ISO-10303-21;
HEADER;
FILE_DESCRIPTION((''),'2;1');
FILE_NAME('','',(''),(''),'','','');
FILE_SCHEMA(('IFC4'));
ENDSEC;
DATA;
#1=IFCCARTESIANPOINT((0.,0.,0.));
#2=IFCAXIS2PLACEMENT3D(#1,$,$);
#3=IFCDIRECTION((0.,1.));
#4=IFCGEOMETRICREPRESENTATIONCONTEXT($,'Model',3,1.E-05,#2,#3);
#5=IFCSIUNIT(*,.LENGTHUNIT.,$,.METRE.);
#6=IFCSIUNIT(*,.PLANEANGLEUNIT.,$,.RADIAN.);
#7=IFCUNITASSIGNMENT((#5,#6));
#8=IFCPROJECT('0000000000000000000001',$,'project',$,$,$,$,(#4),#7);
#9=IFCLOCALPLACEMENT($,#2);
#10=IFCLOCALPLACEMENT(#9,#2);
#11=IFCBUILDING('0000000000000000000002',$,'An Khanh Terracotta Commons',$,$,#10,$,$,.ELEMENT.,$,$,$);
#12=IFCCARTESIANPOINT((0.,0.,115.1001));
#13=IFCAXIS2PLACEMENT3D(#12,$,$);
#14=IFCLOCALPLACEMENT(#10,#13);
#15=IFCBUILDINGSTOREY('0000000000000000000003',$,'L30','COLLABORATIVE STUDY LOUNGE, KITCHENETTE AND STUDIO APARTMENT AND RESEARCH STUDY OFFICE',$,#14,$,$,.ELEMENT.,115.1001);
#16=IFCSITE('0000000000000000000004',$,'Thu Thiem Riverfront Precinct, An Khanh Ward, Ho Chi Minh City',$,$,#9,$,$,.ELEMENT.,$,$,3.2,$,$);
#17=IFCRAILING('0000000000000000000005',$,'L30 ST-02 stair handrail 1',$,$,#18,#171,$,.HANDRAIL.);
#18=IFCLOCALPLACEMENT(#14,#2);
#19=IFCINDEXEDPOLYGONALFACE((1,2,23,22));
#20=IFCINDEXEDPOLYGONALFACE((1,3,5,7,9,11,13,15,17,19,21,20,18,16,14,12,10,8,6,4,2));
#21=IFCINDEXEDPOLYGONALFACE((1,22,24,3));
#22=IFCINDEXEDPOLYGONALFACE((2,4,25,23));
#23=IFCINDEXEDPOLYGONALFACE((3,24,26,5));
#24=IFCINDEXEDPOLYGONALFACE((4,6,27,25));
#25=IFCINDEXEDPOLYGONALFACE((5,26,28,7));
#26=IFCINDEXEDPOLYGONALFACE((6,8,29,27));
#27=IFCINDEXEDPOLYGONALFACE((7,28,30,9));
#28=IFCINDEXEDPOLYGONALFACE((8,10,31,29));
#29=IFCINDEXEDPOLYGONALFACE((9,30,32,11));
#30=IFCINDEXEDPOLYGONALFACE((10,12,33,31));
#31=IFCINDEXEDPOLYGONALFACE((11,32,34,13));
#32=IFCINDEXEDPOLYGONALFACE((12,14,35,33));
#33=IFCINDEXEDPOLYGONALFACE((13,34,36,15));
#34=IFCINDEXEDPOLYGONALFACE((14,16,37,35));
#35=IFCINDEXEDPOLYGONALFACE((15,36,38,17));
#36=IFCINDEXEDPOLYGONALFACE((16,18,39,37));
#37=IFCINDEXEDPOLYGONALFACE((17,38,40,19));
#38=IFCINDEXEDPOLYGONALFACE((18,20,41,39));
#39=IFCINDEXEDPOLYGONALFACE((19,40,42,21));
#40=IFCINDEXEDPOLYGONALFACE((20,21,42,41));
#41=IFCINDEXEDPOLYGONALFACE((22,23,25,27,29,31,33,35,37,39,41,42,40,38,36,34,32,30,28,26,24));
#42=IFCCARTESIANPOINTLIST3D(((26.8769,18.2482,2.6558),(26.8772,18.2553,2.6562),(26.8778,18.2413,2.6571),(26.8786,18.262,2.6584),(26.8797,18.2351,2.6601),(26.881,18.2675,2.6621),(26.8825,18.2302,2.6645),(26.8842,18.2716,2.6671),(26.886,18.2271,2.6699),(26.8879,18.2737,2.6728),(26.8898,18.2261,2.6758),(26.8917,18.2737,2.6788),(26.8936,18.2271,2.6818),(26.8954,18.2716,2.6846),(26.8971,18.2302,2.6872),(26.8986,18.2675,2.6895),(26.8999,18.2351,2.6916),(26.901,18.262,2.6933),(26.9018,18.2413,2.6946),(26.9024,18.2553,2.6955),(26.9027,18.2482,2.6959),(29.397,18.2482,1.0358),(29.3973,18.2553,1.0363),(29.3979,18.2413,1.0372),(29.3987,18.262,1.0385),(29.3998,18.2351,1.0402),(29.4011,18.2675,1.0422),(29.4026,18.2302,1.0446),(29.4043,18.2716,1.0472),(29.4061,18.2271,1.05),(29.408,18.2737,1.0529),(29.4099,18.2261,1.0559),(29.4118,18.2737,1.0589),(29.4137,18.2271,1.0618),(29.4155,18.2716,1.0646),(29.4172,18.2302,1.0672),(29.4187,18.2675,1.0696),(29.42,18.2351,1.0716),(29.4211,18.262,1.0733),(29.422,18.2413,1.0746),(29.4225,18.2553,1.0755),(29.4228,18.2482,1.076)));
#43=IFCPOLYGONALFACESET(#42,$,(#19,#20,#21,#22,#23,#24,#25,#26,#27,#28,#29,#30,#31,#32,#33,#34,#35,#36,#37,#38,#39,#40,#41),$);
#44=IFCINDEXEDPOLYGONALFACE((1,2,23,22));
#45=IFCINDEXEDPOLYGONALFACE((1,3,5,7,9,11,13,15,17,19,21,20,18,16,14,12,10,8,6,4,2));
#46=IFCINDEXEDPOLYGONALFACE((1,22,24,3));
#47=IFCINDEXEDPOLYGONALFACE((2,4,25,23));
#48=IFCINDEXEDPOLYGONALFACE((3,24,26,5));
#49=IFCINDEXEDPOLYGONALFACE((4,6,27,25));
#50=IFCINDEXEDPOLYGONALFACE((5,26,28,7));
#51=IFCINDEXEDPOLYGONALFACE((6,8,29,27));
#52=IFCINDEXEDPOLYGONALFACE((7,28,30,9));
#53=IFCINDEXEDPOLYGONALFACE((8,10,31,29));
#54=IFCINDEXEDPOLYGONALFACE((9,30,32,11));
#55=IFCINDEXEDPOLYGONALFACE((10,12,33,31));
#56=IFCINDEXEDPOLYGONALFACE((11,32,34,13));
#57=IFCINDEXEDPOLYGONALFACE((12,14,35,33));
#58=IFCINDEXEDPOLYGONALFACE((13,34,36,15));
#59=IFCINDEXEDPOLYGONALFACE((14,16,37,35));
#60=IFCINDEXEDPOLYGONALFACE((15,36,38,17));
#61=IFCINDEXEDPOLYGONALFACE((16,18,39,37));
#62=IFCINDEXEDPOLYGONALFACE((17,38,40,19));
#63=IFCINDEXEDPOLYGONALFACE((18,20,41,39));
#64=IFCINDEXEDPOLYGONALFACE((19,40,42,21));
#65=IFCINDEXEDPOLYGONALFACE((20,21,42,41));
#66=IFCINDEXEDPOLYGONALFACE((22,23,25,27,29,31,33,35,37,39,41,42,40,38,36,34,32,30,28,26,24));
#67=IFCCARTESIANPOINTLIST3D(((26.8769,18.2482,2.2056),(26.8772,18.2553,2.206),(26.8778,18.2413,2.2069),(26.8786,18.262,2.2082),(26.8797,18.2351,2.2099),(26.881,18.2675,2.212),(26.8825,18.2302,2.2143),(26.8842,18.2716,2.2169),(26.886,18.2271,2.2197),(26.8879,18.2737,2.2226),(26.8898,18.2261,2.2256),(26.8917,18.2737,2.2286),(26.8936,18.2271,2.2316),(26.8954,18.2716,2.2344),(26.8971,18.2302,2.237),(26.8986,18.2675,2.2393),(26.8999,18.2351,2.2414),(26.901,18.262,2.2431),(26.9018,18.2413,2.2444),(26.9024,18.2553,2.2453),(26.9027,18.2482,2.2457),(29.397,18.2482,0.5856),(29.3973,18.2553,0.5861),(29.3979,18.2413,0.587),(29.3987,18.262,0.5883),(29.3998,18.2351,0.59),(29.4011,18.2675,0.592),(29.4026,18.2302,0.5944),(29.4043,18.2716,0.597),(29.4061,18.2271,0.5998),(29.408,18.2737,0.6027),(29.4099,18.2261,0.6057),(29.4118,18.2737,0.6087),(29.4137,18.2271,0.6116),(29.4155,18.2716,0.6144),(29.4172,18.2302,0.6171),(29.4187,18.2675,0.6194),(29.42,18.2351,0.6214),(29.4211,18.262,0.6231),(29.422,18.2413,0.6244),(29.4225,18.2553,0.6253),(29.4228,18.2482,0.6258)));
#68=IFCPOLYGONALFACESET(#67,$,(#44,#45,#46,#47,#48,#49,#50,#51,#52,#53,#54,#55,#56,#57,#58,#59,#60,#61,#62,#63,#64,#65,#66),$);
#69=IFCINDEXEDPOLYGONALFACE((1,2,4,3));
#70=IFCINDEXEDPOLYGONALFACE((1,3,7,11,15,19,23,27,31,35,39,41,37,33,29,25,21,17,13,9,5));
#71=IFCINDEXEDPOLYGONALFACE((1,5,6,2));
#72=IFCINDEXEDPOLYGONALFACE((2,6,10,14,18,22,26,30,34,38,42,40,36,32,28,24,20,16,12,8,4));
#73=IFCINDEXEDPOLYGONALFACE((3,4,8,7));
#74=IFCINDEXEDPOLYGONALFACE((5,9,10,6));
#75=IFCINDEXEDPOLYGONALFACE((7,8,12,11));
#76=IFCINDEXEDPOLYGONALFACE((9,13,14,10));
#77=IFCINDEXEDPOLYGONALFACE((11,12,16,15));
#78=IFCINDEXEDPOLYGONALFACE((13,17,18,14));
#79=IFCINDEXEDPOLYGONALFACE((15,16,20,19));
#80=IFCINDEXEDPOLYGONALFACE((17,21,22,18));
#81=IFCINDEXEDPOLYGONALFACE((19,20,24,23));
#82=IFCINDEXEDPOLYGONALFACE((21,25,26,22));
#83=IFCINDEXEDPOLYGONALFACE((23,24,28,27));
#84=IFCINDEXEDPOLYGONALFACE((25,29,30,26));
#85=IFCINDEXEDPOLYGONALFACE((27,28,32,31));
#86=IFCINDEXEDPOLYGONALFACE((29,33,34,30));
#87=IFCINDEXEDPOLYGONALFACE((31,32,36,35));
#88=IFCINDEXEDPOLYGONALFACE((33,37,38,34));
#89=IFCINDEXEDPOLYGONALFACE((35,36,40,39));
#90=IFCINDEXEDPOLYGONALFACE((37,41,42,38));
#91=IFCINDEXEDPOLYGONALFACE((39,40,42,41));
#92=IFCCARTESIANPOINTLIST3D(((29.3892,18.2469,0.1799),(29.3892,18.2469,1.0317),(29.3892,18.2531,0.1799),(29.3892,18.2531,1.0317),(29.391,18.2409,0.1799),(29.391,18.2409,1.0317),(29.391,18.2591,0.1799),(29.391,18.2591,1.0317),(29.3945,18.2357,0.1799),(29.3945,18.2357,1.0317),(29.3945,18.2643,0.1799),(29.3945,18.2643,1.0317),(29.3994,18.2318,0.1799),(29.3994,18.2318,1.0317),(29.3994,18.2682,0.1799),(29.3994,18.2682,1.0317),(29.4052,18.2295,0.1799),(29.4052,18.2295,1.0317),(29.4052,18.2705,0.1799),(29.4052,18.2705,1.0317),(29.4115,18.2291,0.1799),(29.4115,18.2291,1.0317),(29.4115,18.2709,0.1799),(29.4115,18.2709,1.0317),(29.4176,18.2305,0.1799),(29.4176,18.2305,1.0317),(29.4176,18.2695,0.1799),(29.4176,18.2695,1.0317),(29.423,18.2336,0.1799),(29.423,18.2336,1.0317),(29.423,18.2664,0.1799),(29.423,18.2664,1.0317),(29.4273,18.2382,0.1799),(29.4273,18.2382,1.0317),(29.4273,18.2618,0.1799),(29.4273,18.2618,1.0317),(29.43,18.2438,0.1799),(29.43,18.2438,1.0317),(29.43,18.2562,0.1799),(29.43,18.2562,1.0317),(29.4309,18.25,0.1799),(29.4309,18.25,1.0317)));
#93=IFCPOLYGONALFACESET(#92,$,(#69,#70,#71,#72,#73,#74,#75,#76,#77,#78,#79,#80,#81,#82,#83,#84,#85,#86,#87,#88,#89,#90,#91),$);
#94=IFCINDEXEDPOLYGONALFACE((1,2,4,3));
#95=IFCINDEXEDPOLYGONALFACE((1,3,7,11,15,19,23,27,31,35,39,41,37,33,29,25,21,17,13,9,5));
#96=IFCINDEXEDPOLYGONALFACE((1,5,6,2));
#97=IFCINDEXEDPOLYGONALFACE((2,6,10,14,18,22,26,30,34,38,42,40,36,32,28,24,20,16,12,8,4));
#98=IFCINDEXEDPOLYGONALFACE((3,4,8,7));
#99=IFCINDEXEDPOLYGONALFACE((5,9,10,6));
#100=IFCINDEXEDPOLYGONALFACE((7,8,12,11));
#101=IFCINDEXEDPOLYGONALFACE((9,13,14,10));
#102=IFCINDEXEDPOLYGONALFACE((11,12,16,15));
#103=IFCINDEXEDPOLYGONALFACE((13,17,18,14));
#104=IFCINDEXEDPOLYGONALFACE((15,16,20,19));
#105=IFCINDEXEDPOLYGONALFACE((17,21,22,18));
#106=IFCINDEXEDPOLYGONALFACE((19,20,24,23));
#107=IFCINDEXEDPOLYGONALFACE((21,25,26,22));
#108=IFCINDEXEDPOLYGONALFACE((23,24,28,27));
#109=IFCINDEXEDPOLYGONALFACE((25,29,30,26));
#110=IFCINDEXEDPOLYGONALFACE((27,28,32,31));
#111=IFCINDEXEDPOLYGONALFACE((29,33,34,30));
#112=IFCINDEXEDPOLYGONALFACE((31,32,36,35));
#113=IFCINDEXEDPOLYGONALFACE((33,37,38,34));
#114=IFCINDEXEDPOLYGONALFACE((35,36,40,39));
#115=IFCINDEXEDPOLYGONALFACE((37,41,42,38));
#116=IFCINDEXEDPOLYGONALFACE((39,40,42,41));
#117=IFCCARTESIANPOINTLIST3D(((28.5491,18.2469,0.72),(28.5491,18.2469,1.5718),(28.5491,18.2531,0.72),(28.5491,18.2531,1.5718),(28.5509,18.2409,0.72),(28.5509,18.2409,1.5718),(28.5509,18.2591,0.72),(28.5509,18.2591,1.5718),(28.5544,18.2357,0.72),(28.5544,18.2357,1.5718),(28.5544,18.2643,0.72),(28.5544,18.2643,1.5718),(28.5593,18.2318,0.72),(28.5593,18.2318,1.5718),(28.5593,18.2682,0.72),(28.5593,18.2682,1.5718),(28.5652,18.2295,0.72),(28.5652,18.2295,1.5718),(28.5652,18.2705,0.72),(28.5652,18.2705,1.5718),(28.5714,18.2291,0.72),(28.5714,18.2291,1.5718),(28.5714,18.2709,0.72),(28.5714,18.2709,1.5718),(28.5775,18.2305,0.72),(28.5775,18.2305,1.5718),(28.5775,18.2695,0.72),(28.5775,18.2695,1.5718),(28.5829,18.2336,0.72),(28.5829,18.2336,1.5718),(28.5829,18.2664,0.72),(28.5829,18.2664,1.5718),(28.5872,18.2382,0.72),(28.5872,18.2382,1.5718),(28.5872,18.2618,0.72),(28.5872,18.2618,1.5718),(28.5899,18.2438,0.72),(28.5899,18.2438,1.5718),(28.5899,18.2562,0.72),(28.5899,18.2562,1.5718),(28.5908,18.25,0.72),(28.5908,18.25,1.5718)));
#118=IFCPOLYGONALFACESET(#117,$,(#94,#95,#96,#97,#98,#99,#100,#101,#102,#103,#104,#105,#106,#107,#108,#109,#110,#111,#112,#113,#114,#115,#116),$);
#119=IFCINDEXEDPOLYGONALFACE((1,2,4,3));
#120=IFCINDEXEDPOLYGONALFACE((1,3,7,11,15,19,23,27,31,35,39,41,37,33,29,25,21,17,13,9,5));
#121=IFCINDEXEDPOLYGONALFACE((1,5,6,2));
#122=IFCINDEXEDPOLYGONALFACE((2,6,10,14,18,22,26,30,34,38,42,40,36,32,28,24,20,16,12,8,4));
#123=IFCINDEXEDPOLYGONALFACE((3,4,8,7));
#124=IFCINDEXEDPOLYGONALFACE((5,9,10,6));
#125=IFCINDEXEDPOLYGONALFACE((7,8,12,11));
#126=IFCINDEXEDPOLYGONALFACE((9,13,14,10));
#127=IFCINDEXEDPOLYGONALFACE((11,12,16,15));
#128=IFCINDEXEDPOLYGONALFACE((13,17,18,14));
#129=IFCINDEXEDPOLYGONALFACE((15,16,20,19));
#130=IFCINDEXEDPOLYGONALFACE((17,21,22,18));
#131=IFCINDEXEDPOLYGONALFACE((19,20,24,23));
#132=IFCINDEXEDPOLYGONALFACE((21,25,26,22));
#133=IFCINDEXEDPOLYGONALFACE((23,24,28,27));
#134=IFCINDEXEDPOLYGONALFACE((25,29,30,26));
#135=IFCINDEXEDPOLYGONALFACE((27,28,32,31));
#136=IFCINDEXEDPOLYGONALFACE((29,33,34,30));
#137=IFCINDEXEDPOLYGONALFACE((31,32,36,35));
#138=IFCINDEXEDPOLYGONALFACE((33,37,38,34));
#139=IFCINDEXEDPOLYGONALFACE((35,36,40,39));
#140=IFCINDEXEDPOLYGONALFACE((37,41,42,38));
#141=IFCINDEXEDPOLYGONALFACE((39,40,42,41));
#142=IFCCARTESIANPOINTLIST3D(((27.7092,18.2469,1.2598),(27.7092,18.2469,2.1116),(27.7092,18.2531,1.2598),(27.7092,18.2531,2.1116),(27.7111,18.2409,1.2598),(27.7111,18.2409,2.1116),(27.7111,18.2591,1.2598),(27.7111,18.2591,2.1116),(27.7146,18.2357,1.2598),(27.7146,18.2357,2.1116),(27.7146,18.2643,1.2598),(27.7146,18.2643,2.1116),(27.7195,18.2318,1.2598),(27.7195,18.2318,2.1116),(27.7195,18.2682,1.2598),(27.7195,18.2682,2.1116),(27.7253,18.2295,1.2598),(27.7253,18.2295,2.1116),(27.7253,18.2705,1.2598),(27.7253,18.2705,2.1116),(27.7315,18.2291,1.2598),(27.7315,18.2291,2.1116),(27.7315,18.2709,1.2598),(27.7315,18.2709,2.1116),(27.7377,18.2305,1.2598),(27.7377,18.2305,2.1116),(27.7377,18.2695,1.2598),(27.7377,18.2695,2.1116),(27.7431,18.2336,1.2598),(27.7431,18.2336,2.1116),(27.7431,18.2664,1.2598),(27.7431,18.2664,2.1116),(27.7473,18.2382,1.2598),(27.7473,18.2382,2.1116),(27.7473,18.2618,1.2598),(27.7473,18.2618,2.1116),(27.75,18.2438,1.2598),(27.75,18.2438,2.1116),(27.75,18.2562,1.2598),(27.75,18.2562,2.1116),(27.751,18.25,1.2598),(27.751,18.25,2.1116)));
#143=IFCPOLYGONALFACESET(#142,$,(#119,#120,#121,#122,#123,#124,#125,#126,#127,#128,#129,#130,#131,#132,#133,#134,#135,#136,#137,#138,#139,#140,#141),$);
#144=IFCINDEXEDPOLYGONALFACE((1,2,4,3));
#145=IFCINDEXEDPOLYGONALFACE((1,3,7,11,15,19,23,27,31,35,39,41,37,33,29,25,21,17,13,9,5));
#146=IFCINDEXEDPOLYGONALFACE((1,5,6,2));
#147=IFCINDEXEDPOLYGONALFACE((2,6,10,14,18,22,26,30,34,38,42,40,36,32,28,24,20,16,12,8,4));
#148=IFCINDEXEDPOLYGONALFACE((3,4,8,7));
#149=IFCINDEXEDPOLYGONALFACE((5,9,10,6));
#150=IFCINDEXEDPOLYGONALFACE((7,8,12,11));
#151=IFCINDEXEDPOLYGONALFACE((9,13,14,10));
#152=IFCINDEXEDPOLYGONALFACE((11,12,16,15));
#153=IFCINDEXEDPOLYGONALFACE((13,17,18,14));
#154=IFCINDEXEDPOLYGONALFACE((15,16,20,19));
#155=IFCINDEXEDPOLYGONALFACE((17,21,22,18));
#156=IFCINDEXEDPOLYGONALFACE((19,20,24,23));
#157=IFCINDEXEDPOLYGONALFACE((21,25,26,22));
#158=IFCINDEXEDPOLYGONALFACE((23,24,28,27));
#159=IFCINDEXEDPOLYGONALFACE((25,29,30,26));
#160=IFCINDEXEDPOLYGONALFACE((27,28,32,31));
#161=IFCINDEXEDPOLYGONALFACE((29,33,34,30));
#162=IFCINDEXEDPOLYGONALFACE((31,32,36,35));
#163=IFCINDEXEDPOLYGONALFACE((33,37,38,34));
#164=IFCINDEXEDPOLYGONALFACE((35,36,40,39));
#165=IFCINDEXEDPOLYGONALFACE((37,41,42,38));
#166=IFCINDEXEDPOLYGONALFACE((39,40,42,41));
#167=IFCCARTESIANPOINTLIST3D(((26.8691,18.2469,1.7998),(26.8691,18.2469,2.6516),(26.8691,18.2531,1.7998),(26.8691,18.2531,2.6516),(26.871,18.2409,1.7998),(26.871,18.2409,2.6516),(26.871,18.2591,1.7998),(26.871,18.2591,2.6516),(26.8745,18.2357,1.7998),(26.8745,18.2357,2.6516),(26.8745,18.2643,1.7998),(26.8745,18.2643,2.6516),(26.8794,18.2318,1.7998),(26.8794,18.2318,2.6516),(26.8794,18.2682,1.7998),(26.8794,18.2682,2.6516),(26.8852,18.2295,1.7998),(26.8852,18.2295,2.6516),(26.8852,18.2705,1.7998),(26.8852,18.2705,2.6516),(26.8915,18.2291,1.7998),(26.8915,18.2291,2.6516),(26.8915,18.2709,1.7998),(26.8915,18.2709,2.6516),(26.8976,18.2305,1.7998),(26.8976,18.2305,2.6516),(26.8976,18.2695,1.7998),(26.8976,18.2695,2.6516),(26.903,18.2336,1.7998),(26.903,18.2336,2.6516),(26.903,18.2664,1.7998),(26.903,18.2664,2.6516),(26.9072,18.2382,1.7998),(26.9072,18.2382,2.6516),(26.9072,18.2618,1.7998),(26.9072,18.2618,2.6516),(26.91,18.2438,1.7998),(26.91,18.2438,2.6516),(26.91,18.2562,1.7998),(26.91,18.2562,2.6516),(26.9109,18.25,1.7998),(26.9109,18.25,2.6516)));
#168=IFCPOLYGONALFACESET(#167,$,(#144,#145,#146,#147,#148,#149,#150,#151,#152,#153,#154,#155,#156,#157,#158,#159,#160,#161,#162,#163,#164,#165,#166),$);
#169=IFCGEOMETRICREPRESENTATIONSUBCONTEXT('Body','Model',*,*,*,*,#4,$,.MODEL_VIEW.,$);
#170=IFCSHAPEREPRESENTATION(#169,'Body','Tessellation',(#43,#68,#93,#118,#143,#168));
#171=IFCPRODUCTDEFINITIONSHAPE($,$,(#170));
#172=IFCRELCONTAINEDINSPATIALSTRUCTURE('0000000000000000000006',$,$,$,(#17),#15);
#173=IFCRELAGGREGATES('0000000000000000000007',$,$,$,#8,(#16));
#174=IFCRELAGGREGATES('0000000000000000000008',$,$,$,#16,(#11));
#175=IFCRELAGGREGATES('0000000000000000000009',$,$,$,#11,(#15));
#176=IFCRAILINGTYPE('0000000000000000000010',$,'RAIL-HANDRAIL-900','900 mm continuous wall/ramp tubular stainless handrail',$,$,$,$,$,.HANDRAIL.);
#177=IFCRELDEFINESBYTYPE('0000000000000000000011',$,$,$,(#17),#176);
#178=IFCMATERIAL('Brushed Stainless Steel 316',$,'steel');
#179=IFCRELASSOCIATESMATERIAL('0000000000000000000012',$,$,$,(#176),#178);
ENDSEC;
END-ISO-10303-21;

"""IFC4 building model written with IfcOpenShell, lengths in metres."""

from ifc_helpers import new_model, si_unit, direction, frame, origin, origin_2d, place, context, subcontext, project, spatial, circle, extrude, material, type_object, element, save


model = new_model("IFC4")

# Units and contexts
model_context = context("Model", 3, precision=1e-05, world=origin(), true_north=direction((0.0, 1.0)))
body_context = subcontext(model_context, "Body", "Model", "MODEL_VIEW")
ifc_project = project(units=[si_unit("LENGTHUNIT", "METRE"), si_unit("PLANEANGLEUNIT", "RADIAN")], contexts=[model_context])

# Site, building, storey
site_placement = place(None, origin())
site = spatial("IfcSite", under=ifc_project, at=site_placement, Name="Thu Thiem Riverfront Precinct, An Khanh Ward, Ho Chi Minh City", CompositionType="ELEMENT", RefElevation=3.2)
building_placement = place(site_placement, origin())
building = spatial("IfcBuilding", under=site, at=building_placement, Name="An Khanh Terracotta Commons", CompositionType="ELEMENT")
storey_placement = place(building_placement, frame((0.0, 0.0, 115.1001)))
storey = spatial("IfcBuildingStorey", under=building, at=storey_placement, Name="L30", Description="COLLABORATIVE STUDY LOUNGE, KITCHENETTE AND STUDIO APARTMENT AND RESEARCH STUDY OFFICE", CompositionType="ELEMENT", Elevation=115.1001)

# Railing
ifc_material_1 = material(Name="Brushed Stainless Steel 316", Category="steel")
railing_type_1 = type_object("IfcRailingType", Name="RAIL-HANDRAIL-900", Description="900 mm continuous wall/ramp tubular stainless handrail", PredefinedType="HANDRAIL", material=ifc_material_1)
railing_1_placement = place(storey_placement, frame((29.4099, 18.25, 0.1799)))
element("IfcRailing", 1, at=railing_1_placement, inside=storey, type_object=railing_type_1, Name="L30 ST-02 stair handrail 1", PredefinedType="HANDRAIL", context=body_context, shape_type="SweptSolid", body=[
    extrude(circle(Radius=0.0239, at=origin_2d()), frame((0.0, 0.0, 0.876), z_axis=(-0.8412, 0.0, 0.540725), x_axis=(0.0, -1.0, 0.0)), (0.0, 0.0, 1.0), 2.9958),
    extrude(circle(Radius=0.0239, at=origin_2d()), frame((0.0, 0.0, 0.4258), z_axis=(-0.8412, 0.0, 0.540725), x_axis=(0.0, -1.0, 0.0)), (0.0, 0.0, 1.0), 2.9958),
    extrude(circle(Radius=0.021, at=origin_2d()), origin(), (0.0, 0.0, 1.0), 0.8518),
    extrude(circle(Radius=0.021, at=origin_2d()), frame((-0.8401, 0.0, 0.54)), (0.0, 0.0, 1.0), 0.8518),
    extrude(circle(Radius=0.021, at=origin_2d()), frame((-1.6799, 0.0, 1.0798)), (0.0, 0.0, 1.0), 0.8518),
    extrude(circle(Radius=0.021, at=origin_2d()), frame((-2.52, 0.0, 1.6199)), (0.0, 0.0, 1.0), 0.8518),
])

save(model, "model.ifc")
